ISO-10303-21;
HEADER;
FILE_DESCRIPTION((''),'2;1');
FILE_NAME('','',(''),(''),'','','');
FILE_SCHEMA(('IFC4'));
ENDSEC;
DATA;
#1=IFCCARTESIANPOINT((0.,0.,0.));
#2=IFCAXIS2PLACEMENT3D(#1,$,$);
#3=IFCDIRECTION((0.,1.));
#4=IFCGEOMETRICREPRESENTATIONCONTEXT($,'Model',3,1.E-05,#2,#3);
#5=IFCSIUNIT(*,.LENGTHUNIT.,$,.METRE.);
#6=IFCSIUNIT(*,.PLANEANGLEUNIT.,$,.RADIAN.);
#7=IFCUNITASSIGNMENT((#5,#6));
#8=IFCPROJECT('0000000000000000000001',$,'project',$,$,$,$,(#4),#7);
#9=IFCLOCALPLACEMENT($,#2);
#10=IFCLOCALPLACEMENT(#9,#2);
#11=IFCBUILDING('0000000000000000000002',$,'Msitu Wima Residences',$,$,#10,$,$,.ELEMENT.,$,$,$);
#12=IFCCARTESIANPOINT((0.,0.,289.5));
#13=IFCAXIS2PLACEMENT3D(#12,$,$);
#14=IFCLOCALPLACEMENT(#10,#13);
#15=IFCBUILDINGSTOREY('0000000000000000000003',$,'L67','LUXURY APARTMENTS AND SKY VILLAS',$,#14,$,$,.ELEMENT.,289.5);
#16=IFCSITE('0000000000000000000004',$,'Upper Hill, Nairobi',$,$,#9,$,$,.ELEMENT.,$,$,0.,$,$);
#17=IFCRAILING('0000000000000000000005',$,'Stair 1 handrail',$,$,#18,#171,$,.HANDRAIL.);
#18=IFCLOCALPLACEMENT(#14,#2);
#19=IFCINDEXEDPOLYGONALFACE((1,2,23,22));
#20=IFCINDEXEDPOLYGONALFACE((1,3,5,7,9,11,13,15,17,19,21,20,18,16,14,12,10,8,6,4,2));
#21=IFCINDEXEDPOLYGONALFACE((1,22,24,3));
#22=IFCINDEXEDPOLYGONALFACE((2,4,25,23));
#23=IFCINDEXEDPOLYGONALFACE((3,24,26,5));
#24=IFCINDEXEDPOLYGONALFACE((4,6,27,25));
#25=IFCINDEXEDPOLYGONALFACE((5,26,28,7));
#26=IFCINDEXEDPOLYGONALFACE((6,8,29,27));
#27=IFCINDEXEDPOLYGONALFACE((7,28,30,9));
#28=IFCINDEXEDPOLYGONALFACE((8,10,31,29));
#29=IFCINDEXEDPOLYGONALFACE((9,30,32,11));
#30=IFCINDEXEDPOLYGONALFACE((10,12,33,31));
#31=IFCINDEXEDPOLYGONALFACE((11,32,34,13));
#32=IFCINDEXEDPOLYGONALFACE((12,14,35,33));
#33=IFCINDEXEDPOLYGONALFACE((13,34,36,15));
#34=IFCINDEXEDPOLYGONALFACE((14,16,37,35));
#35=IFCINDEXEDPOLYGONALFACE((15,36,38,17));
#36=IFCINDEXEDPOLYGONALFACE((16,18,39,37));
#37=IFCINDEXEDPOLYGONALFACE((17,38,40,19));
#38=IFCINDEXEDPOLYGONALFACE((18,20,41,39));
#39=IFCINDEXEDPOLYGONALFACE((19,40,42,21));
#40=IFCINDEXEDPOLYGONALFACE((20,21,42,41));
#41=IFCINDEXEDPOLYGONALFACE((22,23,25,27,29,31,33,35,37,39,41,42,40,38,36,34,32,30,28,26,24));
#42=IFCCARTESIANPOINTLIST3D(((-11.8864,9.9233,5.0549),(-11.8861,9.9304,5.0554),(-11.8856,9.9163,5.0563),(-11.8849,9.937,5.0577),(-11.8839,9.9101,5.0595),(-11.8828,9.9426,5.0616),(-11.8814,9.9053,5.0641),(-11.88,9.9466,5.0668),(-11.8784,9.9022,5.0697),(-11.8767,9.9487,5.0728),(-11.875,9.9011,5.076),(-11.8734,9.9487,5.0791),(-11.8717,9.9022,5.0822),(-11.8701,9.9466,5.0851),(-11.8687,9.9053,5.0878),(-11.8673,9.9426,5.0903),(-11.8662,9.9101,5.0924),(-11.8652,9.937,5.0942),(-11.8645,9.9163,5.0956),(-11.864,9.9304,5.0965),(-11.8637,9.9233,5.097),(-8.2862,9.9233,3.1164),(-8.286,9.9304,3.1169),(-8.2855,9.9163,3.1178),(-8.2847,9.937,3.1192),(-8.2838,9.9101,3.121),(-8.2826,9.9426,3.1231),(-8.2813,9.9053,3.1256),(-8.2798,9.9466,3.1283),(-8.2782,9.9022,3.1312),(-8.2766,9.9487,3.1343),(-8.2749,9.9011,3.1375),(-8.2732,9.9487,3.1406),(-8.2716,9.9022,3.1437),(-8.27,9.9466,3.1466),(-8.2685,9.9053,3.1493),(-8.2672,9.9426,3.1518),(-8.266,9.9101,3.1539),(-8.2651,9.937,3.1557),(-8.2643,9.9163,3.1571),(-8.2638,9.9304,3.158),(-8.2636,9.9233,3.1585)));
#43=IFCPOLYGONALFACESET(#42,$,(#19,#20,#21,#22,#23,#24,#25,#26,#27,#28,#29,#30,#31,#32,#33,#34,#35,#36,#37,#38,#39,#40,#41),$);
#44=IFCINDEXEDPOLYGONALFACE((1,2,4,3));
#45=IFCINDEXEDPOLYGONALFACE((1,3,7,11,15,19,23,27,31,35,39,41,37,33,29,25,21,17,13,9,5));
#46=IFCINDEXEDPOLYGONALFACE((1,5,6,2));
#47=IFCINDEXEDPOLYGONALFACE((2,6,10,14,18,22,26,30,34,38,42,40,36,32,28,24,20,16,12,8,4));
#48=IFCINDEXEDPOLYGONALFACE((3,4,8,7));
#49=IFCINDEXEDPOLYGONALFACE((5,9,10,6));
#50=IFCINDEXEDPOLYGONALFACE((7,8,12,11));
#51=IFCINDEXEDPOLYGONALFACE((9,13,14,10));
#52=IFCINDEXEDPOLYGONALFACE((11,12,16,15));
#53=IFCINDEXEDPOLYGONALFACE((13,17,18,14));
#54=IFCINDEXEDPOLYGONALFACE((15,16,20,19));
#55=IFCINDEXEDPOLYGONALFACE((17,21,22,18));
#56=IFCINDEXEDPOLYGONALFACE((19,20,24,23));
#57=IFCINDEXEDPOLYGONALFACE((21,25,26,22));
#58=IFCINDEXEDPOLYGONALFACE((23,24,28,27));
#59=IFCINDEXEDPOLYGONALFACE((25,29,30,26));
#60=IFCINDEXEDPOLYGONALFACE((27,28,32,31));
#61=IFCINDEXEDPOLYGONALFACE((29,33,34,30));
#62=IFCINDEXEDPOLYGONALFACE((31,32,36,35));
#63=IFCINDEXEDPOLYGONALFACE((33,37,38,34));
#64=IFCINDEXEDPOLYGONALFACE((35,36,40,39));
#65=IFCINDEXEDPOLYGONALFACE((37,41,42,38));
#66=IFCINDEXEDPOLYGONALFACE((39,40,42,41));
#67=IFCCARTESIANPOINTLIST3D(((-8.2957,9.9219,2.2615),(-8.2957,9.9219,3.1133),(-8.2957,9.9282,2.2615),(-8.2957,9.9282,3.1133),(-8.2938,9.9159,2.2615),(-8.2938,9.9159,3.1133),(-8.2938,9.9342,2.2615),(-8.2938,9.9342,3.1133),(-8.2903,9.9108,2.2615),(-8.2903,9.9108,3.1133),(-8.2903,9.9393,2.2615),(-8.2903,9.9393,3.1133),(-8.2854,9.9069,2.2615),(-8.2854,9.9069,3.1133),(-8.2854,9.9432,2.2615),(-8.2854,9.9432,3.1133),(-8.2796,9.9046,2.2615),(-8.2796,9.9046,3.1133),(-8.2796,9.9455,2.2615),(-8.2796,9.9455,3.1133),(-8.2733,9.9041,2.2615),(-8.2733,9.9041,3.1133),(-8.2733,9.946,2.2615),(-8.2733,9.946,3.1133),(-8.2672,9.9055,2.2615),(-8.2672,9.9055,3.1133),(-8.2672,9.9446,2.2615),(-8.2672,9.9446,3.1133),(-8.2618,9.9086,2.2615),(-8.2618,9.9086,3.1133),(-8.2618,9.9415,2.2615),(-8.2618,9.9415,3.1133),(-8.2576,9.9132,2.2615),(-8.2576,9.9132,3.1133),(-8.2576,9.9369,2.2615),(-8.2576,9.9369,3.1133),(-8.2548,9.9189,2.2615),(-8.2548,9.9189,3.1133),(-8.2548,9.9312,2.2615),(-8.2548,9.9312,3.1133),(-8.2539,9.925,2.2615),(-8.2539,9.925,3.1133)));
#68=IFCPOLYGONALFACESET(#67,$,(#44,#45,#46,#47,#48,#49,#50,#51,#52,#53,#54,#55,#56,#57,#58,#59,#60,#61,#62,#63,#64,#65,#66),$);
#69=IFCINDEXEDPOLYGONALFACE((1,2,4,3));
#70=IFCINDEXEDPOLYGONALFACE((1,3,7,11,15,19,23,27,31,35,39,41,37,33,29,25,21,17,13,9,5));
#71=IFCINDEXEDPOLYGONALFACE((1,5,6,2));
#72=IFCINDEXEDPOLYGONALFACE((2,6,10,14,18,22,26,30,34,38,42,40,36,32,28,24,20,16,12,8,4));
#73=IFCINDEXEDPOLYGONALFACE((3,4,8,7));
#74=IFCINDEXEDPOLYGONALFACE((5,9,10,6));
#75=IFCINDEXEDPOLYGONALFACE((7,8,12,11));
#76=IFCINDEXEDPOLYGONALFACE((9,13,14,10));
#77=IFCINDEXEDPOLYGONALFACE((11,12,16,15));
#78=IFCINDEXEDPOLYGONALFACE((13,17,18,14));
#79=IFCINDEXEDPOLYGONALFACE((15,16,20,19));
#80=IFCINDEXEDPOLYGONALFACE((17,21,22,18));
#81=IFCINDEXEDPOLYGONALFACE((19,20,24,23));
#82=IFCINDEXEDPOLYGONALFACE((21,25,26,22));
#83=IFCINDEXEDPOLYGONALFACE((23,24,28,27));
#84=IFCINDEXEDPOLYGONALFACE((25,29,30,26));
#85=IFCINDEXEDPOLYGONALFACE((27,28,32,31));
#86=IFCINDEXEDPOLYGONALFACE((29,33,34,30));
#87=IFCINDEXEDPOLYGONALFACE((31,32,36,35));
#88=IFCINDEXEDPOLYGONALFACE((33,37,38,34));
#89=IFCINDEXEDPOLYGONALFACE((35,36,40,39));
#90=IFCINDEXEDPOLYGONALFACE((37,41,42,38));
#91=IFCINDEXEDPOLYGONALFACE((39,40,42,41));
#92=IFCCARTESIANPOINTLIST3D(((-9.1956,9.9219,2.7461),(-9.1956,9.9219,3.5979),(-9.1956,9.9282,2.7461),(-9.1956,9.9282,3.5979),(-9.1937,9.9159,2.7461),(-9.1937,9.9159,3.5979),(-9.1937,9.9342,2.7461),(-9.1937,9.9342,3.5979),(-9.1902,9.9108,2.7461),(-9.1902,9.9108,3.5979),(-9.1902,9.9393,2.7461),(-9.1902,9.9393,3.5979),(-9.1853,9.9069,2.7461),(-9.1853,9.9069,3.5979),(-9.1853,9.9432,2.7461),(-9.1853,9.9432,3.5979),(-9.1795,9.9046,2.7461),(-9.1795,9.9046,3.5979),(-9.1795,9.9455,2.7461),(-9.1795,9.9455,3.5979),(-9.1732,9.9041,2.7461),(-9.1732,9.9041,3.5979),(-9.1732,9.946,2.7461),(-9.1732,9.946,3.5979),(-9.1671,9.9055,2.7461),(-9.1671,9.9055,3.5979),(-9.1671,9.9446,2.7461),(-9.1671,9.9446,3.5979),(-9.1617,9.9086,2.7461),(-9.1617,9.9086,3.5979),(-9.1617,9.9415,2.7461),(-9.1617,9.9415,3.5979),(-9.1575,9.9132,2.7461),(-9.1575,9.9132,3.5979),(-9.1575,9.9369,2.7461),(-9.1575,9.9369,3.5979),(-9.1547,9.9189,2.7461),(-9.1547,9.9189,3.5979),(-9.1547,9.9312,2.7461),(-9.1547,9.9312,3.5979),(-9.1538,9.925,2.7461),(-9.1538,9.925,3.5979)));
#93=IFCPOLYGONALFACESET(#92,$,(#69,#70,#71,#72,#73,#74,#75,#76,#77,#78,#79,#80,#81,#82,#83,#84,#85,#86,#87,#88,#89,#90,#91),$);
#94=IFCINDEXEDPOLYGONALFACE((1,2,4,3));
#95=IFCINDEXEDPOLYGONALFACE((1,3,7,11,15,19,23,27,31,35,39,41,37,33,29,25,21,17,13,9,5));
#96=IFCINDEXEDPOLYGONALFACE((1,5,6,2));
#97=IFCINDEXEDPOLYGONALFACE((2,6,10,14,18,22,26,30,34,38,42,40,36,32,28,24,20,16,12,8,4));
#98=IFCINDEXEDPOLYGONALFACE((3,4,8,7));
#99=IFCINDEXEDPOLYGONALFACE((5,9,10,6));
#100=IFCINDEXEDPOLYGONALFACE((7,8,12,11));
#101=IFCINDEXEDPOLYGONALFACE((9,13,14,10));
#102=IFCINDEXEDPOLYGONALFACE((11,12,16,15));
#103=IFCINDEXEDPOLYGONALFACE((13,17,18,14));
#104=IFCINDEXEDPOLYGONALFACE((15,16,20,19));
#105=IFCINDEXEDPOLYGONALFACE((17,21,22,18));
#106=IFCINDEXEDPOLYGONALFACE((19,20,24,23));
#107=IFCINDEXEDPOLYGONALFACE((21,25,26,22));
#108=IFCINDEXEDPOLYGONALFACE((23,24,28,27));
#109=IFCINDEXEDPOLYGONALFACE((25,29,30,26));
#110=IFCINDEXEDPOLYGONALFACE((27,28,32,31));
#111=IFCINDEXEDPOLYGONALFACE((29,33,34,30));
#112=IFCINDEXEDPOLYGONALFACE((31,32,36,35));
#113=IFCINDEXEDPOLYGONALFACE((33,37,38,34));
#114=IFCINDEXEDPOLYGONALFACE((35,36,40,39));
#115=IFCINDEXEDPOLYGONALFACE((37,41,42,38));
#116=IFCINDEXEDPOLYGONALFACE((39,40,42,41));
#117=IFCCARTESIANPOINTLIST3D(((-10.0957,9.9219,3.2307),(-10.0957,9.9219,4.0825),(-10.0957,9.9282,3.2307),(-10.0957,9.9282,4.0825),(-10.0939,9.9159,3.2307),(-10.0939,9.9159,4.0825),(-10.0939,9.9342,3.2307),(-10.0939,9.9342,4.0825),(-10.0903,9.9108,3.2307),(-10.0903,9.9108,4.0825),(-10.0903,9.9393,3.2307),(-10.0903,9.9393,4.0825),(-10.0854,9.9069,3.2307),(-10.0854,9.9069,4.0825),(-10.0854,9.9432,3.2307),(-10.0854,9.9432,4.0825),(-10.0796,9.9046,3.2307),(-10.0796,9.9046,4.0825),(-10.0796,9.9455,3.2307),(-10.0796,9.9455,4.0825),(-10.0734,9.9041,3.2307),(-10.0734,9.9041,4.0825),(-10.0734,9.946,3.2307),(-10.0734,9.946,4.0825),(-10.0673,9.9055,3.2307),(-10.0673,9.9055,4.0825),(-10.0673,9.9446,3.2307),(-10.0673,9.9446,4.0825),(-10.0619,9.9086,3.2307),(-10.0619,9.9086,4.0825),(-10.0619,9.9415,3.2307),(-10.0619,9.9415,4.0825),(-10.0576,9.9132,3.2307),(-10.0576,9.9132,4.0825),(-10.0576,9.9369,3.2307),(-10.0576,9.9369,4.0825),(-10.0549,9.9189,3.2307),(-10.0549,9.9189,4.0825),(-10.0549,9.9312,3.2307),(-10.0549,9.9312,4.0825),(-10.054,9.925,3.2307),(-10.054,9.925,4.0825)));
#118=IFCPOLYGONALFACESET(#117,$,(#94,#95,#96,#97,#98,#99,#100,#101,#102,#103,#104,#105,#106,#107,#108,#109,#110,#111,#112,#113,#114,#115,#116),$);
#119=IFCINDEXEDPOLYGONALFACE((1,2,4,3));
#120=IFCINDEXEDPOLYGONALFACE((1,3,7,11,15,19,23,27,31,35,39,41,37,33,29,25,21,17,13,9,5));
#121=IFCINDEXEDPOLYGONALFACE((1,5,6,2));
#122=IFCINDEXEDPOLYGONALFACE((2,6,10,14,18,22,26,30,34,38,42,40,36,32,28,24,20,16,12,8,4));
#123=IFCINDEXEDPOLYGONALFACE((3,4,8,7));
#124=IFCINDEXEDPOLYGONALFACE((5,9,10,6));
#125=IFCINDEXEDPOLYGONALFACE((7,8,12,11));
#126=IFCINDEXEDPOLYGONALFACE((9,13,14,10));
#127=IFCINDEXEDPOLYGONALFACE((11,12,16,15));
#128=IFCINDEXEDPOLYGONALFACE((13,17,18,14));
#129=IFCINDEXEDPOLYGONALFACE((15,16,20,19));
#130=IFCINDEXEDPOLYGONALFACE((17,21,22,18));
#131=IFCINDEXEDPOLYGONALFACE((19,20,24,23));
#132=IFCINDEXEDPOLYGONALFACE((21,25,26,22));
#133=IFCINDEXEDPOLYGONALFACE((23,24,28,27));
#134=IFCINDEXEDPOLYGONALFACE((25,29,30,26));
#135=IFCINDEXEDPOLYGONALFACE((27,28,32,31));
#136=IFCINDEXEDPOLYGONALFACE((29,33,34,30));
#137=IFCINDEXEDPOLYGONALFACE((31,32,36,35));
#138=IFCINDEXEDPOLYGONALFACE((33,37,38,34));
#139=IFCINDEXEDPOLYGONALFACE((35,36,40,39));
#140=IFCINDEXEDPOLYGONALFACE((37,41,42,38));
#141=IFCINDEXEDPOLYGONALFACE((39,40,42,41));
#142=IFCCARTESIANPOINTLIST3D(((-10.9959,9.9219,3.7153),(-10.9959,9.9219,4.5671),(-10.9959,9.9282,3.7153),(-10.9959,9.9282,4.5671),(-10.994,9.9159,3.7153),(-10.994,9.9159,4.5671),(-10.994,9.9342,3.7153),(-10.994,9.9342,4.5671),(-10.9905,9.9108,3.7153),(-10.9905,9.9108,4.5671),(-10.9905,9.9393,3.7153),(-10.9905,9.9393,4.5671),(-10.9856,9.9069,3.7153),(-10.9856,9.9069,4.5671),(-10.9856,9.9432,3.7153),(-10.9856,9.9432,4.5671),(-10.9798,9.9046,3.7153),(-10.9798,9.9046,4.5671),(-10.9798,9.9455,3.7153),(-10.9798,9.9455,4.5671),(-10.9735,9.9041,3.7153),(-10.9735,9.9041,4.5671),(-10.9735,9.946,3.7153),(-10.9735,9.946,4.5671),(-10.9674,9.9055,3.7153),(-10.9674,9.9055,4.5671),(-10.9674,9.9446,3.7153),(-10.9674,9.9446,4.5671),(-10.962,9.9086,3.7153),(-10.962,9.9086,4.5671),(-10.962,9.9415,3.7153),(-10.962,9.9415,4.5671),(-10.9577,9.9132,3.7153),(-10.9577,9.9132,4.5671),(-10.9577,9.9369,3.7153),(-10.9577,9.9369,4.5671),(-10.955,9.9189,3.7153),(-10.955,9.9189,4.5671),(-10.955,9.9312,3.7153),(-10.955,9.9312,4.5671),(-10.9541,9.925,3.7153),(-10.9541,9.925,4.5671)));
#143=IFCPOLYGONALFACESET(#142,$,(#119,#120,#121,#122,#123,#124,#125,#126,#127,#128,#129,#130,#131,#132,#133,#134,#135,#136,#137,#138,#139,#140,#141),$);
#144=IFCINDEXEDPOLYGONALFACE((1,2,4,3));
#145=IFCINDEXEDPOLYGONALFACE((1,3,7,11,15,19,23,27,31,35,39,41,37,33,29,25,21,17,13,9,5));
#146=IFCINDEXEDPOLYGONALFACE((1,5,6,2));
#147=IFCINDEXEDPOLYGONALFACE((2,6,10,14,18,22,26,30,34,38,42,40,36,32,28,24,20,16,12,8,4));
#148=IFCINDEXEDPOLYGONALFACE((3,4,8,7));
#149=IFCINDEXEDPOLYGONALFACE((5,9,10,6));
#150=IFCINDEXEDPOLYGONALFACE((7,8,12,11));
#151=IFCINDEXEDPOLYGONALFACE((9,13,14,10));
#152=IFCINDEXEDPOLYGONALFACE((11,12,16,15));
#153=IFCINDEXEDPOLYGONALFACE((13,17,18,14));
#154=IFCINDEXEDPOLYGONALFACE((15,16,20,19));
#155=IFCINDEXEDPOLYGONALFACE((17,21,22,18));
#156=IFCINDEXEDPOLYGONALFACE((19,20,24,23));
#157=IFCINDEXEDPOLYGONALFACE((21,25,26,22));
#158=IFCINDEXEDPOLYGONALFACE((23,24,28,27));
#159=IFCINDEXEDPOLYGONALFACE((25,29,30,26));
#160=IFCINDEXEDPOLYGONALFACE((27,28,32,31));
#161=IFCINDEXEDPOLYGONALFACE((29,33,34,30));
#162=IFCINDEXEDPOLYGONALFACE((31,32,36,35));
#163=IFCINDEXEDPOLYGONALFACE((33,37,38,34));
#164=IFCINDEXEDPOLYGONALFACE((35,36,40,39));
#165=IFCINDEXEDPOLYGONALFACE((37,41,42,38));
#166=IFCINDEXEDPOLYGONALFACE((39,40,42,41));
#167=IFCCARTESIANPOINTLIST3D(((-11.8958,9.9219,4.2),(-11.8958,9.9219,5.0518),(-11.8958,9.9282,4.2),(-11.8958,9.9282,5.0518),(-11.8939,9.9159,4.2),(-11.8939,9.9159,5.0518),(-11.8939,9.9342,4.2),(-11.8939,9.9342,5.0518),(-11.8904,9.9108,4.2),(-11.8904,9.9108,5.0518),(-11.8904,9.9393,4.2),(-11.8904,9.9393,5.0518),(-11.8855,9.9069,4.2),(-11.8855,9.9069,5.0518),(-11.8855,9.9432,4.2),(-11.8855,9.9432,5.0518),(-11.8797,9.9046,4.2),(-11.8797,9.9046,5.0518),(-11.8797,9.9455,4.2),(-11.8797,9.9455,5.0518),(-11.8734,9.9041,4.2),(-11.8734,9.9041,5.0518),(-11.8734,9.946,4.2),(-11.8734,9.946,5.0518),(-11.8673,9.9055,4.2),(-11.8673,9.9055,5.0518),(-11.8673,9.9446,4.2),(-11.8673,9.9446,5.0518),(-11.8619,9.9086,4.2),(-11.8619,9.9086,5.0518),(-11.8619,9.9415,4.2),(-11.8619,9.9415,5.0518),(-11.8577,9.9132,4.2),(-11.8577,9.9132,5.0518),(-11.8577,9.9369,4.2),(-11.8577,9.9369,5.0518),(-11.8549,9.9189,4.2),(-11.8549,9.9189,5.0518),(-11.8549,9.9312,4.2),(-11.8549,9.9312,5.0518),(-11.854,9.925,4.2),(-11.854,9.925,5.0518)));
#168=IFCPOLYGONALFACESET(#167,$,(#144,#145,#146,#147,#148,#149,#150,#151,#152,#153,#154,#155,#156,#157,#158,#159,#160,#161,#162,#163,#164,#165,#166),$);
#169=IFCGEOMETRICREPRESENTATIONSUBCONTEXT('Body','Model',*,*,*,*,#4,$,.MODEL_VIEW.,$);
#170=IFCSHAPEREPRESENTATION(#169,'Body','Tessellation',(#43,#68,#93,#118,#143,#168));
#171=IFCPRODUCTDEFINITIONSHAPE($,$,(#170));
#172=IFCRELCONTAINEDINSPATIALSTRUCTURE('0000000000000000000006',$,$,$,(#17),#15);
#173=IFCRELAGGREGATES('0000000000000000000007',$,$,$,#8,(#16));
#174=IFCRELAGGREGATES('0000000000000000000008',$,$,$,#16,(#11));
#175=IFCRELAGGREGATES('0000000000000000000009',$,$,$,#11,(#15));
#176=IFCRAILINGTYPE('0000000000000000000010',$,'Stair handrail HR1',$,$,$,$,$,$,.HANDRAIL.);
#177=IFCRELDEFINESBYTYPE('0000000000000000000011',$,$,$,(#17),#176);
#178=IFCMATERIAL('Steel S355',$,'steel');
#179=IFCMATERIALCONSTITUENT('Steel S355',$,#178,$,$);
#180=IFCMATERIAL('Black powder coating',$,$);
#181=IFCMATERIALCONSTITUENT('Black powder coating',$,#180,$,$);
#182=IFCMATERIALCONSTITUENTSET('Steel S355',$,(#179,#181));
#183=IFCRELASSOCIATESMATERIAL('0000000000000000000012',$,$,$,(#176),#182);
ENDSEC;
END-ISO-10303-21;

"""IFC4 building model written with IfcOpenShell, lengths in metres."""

from ifc_helpers import new_model, si_unit, direction, frame, origin, origin_2d, place, context, subcontext, project, spatial, circle, extrude, material, constituent, constituent_set, type_object, element, save


model = new_model("IFC4")

# Units and contexts
model_context = context("Model", 3, precision=1e-05, world=origin(), true_north=direction((0.0, 1.0)))
body_context = subcontext(model_context, "Body", "Model", "MODEL_VIEW")
ifc_project = project(units=[si_unit("LENGTHUNIT", "METRE"), si_unit("PLANEANGLEUNIT", "RADIAN")], contexts=[model_context])

# Site, building, storey
site_placement = place(None, origin())
site = spatial("IfcSite", under=ifc_project, at=site_placement, Name="Upper Hill, Nairobi", CompositionType="ELEMENT", RefElevation=0.0)
building_placement = place(site_placement, origin())
building = spatial("IfcBuilding", under=site, at=building_placement, Name="Msitu Wima Residences", CompositionType="ELEMENT")
storey_placement = place(building_placement, frame((0.0, 0.0, 289.5)))
storey = spatial("IfcBuildingStorey", under=building, at=storey_placement, Name="L67", Description="LUXURY APARTMENTS AND SKY VILLAS", CompositionType="ELEMENT", Elevation=289.5)

# Railing
ifc_material_1 = material(Name="Steel S355", Category="steel")
ifc_constituent_1 = constituent(ifc_material_1, Name="Steel S355")
ifc_material_2 = material(Name="Black powder coating")
ifc_constituent_2 = constituent(ifc_material_2, Name="Black powder coating")
ifc_constituent_set = constituent_set(constituents=[ifc_constituent_1, ifc_constituent_2], Name="Steel S355")
railing_type = type_object("IfcRailingType", Name="Stair handrail HR1", PredefinedType="HANDRAIL", material=ifc_constituent_set)
for number, where, name in (
    (1, (-8.2749, 9.925, 2.2615), "Stair 1 handrail"),
):
    element("IfcRailing", number, at=place(storey_placement, frame(where)), inside=storey, type_object=railing_type, Name=name, PredefinedType="HANDRAIL", context=body_context, shape_type="SweptSolid", body=[
        extrude(circle(Radius=0.0239, at=origin_2d()), frame((0.0, 0.0, 0.876), z_axis=(-0.880475, 0.0, 0.474093), x_axis=(0.0, -1.0, 0.0)), (0.0, 0.0, 1.0), 4.0889),
        extrude(circle(Radius=0.021, at=origin_2d()), origin(), (0.0, 0.0, 1.0), 0.8518),
        extrude(circle(Radius=0.021, at=origin_2d()), frame((-0.8999, 0.0, 0.4846)), (0.0, 0.0, 1.0), 0.8518),
        extrude(circle(Radius=0.021, at=origin_2d()), frame((-1.8, 0.0, 0.9692)), (0.0, 0.0, 1.0), 0.8518),
        extrude(circle(Radius=0.021, at=origin_2d()), frame((-2.7002, 0.0, 1.4539)), (0.0, 0.0, 1.0), 0.8518),
        extrude(circle(Radius=0.021, at=origin_2d()), frame((-3.6001, 0.0, 1.9385)), (0.0, 0.0, 1.0), 0.8518),
    ])

save(model, "model.ifc")
